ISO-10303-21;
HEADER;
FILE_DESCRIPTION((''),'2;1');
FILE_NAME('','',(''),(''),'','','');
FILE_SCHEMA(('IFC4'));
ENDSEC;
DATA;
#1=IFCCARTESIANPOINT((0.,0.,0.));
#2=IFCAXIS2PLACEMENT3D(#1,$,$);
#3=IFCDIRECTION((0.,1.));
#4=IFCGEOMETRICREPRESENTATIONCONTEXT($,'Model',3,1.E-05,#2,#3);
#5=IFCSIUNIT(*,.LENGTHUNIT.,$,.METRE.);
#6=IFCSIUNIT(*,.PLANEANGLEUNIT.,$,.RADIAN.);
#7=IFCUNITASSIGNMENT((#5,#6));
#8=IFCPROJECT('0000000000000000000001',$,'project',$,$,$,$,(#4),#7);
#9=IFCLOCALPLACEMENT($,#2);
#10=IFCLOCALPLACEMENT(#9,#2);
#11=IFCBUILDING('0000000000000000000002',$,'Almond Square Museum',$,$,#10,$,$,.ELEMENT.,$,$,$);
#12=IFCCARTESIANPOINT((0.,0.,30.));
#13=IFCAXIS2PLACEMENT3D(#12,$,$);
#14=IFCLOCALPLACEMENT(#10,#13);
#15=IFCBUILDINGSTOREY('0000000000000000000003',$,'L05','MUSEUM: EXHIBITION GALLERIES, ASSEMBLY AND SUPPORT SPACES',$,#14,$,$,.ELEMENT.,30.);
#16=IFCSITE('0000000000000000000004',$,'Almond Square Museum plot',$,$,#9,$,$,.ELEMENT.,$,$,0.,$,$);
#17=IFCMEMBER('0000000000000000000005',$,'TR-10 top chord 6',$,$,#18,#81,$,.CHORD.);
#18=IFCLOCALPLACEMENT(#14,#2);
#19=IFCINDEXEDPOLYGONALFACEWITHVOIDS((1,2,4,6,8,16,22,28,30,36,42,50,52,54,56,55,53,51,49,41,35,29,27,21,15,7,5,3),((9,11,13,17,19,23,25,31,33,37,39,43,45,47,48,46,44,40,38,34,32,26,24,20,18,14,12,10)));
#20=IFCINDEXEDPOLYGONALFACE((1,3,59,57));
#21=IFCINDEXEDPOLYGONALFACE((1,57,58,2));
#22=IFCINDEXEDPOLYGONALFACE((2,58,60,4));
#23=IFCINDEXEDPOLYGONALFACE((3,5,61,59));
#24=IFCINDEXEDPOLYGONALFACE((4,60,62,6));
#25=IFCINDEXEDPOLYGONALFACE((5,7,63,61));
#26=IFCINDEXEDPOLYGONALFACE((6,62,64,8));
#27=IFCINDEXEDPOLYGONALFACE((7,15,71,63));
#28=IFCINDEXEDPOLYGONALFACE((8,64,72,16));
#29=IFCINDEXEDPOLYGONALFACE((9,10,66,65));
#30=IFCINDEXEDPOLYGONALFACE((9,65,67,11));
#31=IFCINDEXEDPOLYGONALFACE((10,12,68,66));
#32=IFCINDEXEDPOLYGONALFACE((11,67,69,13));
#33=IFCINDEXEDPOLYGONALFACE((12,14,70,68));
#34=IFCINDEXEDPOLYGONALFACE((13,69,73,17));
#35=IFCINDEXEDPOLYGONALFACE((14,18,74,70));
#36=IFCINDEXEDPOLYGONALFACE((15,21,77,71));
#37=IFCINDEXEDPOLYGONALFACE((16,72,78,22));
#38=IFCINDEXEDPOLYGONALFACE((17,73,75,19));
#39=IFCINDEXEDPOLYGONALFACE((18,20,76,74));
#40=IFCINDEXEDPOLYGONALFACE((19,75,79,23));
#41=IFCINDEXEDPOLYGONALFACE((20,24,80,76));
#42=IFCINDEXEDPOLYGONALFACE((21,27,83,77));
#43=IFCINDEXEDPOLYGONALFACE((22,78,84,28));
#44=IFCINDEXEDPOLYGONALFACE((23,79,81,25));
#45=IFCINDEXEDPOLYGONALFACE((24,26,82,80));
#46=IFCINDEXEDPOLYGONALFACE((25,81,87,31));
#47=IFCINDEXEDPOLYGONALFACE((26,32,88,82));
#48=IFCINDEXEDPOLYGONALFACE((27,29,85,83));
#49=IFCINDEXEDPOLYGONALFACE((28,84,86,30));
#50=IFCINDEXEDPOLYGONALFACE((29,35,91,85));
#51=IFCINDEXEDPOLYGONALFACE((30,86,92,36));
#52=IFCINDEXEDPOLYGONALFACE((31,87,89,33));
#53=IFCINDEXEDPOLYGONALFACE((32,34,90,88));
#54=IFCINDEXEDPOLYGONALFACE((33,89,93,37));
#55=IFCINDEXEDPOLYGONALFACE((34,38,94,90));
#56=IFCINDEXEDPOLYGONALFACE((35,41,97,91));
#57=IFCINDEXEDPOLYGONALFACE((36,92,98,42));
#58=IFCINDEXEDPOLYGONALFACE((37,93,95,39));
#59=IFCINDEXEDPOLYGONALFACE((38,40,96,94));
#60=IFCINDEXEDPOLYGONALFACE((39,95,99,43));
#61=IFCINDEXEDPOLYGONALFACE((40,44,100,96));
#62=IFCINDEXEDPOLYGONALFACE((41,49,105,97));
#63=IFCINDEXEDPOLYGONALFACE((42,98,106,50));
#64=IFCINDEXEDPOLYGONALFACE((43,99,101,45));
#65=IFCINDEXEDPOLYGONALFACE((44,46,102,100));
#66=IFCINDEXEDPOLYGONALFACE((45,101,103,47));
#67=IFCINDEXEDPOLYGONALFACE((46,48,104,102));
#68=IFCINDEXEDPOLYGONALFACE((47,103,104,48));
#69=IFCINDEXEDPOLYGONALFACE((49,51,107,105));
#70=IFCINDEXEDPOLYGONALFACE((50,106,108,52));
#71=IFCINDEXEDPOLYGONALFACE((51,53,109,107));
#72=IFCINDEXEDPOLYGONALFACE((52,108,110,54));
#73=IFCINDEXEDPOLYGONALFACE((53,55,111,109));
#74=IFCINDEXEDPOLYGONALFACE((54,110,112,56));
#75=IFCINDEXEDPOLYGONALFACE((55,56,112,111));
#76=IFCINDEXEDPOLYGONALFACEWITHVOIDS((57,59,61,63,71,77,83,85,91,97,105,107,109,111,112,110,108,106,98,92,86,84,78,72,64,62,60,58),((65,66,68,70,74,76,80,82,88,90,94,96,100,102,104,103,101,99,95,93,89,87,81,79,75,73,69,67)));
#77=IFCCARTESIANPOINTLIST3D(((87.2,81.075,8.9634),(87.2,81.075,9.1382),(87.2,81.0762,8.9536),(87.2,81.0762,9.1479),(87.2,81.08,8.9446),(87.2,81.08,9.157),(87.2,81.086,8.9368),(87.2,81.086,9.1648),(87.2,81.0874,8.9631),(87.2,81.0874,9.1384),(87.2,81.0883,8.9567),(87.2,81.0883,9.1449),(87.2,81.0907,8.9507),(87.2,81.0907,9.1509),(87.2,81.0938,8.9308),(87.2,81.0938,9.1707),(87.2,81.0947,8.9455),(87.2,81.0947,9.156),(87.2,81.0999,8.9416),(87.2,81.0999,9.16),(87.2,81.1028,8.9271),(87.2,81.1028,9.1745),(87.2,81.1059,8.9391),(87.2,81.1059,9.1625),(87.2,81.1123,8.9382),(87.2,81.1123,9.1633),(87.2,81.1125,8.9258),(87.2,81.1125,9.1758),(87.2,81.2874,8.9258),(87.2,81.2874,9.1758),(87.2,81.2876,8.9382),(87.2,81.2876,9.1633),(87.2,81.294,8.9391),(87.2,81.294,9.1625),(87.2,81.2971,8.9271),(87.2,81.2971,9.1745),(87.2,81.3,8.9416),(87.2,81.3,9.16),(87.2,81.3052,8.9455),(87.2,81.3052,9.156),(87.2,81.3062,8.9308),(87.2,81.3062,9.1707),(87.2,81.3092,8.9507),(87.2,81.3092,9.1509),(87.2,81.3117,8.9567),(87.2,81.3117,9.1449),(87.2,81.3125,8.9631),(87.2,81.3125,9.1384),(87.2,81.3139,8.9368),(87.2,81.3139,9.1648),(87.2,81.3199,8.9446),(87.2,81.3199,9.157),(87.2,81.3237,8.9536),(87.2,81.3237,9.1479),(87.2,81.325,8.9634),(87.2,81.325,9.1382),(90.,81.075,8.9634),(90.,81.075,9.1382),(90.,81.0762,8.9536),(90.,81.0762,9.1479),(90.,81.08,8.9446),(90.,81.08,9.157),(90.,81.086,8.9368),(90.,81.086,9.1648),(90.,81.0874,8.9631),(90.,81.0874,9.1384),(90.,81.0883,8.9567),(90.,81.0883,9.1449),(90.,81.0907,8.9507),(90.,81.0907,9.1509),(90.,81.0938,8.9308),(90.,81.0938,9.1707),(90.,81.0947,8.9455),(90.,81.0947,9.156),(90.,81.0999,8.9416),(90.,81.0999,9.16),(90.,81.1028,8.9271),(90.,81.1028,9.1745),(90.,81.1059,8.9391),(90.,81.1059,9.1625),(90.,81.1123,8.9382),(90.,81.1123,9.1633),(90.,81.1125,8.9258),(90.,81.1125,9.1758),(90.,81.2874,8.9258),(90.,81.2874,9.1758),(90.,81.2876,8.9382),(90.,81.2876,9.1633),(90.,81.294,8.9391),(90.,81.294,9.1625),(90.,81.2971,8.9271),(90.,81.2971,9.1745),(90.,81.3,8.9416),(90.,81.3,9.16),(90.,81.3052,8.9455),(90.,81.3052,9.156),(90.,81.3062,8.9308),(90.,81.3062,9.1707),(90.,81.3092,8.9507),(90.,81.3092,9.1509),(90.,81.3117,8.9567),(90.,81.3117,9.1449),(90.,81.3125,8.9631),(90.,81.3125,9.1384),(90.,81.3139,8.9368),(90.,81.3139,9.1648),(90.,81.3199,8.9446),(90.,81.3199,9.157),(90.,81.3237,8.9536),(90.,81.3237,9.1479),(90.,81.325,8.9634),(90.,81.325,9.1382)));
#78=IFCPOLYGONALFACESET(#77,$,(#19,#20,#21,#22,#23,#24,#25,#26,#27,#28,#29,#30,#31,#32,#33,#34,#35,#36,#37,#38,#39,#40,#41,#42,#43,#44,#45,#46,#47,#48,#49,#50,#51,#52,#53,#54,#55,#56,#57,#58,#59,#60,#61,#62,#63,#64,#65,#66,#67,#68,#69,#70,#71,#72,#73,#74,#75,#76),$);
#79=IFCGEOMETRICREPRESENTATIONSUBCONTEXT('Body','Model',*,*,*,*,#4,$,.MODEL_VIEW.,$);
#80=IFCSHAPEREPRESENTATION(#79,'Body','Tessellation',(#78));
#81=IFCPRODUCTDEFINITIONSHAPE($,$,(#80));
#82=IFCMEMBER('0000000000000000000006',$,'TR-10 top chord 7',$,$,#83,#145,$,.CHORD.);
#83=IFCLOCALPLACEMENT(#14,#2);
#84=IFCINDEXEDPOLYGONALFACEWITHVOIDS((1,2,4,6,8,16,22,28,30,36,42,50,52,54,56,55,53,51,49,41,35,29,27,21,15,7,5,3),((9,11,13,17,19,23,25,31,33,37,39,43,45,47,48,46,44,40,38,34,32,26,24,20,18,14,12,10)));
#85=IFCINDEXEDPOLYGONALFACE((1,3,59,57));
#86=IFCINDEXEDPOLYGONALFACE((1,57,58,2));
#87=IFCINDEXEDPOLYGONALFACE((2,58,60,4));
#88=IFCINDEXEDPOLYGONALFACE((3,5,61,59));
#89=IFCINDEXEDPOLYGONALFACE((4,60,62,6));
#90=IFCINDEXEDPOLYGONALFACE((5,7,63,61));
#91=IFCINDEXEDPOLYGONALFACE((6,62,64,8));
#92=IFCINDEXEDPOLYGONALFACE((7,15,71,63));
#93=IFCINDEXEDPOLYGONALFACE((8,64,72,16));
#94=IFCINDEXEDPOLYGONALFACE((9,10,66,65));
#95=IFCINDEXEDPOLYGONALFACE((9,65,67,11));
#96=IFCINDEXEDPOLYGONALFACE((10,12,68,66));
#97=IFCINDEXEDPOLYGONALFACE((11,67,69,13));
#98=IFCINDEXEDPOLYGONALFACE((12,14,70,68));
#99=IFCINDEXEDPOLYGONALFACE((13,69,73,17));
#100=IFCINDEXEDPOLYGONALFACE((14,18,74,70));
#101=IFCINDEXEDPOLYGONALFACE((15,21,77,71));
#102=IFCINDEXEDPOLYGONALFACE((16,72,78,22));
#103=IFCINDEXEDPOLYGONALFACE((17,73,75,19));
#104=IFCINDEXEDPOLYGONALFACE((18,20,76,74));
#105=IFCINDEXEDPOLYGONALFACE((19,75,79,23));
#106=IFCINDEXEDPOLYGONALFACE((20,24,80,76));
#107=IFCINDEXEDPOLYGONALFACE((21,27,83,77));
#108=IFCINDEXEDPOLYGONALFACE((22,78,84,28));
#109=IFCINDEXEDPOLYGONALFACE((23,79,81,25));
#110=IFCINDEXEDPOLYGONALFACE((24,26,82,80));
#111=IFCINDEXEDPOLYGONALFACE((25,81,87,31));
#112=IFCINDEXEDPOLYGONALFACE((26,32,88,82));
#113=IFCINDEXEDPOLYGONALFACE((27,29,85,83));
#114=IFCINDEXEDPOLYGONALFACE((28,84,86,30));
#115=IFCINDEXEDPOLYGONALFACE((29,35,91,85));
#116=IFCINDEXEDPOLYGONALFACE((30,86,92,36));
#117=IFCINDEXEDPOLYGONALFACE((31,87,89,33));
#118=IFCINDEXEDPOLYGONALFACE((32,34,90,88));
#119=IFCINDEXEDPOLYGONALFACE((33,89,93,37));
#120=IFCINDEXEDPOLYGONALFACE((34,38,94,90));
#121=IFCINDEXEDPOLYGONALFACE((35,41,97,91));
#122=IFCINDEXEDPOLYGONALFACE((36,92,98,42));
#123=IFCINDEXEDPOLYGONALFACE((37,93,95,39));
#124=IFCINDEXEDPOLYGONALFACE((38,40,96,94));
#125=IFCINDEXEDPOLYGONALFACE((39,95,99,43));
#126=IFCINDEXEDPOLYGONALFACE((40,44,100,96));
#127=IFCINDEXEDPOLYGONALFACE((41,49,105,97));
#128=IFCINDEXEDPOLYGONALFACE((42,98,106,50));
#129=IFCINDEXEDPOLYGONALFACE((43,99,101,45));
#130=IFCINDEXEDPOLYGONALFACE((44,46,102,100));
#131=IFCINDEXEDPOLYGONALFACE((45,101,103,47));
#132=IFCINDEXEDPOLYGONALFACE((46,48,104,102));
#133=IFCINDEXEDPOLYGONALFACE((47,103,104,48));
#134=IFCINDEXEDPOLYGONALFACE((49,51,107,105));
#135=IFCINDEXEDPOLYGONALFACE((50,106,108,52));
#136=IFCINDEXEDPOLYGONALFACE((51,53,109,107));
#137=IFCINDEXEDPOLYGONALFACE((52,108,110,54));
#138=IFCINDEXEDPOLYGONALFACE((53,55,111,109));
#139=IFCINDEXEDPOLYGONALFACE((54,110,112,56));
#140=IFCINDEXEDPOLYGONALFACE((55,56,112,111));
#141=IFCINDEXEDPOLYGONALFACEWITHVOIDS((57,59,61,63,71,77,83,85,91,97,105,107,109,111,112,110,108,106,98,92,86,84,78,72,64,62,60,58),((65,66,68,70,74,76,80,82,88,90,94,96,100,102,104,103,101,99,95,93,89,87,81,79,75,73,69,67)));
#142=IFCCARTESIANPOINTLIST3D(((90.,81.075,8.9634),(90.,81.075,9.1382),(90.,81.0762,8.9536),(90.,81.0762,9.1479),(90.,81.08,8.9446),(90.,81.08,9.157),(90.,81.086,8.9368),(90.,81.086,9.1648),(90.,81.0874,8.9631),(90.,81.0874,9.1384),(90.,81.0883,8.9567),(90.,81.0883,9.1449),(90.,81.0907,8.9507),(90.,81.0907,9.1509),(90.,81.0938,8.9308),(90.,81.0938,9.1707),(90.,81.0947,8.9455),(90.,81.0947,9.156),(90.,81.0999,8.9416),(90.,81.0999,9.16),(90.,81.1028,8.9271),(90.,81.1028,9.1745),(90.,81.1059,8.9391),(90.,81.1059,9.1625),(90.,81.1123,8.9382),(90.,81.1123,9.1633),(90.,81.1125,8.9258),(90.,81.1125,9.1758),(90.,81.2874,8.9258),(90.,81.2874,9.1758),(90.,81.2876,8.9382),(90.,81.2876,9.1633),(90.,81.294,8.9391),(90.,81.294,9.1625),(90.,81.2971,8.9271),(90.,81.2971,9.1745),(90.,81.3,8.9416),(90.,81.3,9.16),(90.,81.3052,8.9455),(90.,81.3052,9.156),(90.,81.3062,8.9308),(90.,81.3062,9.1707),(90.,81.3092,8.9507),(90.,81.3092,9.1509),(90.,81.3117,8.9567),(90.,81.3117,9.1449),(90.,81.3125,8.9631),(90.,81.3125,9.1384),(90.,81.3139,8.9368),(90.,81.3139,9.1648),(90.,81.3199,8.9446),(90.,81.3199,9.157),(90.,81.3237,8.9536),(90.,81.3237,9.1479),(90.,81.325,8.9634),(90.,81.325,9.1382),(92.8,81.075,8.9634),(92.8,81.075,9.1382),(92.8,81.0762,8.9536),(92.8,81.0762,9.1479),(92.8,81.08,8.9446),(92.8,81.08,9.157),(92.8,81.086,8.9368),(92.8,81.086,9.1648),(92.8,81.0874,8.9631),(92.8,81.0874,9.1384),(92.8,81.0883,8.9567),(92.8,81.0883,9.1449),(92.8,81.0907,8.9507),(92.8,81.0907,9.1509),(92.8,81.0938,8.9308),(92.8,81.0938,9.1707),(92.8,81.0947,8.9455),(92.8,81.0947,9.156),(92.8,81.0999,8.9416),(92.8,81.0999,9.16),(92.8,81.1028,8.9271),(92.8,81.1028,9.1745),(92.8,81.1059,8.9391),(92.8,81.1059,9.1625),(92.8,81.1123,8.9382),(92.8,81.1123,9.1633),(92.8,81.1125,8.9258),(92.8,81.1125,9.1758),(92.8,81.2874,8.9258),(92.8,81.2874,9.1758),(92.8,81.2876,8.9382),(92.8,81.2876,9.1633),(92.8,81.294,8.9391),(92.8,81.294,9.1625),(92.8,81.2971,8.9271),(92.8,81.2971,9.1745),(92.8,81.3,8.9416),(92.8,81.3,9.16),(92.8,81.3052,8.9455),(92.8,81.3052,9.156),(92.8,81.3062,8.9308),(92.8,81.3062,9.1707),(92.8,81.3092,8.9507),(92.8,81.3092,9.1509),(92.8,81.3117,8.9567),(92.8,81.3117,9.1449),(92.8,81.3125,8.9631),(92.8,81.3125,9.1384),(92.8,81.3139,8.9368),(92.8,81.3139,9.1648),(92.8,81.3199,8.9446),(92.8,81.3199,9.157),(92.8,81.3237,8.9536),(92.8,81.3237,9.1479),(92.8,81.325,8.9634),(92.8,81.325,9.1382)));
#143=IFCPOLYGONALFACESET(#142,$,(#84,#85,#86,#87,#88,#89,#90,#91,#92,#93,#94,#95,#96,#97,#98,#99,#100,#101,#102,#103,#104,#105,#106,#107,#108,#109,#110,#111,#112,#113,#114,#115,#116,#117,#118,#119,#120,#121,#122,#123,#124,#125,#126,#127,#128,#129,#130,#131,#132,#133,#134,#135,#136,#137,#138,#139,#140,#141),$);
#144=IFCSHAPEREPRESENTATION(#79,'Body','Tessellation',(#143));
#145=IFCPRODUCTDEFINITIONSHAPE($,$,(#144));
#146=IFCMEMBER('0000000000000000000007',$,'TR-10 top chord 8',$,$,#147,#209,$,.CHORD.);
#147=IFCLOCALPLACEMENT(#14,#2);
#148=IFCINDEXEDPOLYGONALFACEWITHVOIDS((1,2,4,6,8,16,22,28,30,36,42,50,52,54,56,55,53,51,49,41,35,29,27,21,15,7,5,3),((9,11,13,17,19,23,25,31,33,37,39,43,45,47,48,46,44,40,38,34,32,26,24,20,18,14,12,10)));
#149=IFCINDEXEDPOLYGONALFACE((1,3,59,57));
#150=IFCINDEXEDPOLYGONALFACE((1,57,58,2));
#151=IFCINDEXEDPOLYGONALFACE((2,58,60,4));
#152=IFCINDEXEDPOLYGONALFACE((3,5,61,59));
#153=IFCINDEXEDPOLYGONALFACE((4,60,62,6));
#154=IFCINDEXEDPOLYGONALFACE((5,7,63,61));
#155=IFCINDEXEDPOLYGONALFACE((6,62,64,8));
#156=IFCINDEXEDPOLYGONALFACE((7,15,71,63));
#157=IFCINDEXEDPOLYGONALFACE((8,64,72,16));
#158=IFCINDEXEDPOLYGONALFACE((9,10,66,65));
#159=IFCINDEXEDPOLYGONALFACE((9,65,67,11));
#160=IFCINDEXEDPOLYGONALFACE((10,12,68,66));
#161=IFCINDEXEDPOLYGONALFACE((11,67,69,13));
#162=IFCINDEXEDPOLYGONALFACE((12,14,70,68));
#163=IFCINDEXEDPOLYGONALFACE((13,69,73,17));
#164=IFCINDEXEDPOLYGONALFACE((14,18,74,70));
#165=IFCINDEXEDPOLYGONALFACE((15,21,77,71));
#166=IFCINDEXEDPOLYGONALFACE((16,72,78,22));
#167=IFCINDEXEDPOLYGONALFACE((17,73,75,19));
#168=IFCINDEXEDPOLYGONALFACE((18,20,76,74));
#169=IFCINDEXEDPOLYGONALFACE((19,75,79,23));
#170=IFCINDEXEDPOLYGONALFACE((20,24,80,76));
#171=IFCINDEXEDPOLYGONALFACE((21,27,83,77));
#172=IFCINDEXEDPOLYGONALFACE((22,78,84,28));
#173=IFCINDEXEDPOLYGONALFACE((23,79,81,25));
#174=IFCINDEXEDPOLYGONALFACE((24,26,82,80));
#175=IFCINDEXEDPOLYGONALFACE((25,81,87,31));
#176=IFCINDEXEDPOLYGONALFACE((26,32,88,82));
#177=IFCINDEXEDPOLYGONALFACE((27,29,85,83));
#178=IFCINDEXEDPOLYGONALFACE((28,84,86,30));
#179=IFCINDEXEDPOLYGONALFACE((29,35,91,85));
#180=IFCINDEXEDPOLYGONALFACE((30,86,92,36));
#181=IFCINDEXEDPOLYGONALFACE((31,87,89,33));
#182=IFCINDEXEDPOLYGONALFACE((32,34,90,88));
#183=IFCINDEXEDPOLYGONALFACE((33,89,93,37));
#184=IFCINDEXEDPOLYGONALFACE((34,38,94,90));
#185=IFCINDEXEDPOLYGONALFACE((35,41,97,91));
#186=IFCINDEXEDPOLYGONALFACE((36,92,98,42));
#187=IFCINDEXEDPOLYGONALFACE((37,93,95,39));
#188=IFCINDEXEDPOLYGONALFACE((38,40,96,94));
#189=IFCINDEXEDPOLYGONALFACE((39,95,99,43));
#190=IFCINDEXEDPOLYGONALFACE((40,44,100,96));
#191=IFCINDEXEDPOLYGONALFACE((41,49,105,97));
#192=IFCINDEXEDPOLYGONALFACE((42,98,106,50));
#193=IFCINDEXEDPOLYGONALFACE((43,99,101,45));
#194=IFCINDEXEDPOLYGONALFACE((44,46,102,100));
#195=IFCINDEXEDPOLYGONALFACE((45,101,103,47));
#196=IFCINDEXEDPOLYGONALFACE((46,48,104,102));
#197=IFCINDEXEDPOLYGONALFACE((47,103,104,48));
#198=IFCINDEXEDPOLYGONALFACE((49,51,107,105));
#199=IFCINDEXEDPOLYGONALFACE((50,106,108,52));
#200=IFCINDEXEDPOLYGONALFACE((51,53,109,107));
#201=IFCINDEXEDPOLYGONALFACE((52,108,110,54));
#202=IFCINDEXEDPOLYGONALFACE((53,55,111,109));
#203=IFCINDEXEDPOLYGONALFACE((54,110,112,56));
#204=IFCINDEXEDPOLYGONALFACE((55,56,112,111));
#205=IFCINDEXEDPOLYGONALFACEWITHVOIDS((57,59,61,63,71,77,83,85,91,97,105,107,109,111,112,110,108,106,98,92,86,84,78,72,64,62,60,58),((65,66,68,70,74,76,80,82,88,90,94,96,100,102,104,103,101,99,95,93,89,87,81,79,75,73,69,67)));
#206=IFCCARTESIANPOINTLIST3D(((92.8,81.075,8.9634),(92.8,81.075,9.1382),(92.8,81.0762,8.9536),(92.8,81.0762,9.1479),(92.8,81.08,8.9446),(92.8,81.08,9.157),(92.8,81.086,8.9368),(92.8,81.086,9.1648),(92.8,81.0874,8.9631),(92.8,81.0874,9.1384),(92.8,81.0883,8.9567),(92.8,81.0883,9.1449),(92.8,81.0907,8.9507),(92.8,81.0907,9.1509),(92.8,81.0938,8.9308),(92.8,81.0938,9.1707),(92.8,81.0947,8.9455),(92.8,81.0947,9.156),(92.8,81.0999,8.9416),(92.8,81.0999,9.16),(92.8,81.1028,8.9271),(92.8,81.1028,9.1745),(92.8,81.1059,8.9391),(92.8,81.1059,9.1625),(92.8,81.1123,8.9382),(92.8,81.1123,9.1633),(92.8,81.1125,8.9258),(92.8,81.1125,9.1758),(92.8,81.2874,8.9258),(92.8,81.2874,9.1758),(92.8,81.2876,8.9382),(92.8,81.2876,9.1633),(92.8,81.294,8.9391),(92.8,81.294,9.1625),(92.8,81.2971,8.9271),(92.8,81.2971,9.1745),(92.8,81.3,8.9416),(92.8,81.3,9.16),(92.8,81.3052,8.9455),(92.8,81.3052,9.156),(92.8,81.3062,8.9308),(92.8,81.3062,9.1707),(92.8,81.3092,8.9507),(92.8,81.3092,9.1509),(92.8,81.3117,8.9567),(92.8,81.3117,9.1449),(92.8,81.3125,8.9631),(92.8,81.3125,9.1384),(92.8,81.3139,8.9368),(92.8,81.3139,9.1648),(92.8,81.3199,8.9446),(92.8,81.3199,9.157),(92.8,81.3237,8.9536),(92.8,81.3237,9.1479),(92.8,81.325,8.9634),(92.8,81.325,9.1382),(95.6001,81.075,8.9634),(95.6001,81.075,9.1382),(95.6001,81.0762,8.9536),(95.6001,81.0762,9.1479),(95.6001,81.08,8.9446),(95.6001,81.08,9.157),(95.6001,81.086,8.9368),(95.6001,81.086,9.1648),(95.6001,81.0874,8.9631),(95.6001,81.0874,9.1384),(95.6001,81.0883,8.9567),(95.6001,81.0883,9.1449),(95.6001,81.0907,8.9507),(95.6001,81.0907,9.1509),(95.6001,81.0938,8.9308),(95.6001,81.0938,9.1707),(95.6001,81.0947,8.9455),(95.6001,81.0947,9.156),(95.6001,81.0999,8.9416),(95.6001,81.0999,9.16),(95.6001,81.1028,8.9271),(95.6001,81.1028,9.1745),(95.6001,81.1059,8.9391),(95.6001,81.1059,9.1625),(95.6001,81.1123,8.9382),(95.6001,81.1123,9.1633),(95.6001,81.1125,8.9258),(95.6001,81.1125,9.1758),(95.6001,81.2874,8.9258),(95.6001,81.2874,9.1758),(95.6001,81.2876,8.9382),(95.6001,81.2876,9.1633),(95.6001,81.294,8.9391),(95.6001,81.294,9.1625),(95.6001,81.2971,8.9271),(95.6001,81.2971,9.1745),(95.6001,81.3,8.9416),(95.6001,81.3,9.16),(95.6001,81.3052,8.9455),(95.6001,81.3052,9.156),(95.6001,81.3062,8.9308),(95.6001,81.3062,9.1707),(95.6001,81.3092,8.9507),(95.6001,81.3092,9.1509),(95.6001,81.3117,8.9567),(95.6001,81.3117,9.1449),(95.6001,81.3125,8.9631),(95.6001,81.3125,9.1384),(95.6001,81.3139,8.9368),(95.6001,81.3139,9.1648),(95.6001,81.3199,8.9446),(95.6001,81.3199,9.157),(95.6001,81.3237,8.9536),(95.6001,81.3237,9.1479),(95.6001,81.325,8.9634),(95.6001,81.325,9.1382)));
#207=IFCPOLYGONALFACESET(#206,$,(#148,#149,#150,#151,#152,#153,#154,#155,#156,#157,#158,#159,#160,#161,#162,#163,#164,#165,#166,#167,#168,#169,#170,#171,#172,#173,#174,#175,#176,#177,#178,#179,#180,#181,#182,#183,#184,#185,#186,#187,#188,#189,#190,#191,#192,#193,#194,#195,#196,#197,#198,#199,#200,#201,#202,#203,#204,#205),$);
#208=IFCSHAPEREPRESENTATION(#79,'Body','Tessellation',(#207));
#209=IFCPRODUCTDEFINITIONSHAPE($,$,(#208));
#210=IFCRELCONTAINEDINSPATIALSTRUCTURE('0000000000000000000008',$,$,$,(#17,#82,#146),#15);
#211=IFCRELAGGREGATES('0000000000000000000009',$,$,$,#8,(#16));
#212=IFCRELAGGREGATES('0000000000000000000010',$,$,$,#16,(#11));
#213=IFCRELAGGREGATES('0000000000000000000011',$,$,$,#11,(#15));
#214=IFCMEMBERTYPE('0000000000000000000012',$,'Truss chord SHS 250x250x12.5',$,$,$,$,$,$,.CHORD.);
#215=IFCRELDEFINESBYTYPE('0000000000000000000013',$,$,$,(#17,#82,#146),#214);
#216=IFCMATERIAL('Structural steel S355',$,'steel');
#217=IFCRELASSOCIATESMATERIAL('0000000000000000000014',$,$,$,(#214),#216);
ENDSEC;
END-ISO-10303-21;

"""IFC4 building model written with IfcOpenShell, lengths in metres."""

from ifc_helpers import new_model, si_unit, direction, frame, origin, origin_2d, place, context, subcontext, project, spatial, hollow_rectangle, extrude, material, material_profile, profile_set, type_object, element, save


model = new_model("IFC4")

# Units and contexts
model_context = context("Model", 3, precision=1e-05, world=origin(), true_north=direction((0.0, 1.0)))
body_context = subcontext(model_context, "Body", "Model", "MODEL_VIEW")
ifc_project = project(units=[si_unit("LENGTHUNIT", "METRE"), si_unit("PLANEANGLEUNIT", "RADIAN")], contexts=[model_context])

# Site, building, storey
site_placement = place(None, origin())
site = spatial("IfcSite", under=ifc_project, at=site_placement, Name="Almond Square Museum plot", CompositionType="ELEMENT", RefElevation=0.0)
building_placement = place(site_placement, origin())
building = spatial("IfcBuilding", under=site, at=building_placement, Name="Almond Square Museum", CompositionType="ELEMENT")
storey_placement = place(building_placement, frame((0.0, 0.0, 30.0)))
storey = spatial("IfcBuildingStorey", under=building, at=storey_placement, Name="L05", Description="MUSEUM: EXHIBITION GALLERIES, ASSEMBLY AND SUPPORT SPACES", CompositionType="ELEMENT", Elevation=30.0)

# Members
ifc_material_1 = material(Name="Structural steel S355", Category="steel")
ifc_material_profile_1 = material_profile(ifc_material_1, hollow_rectangle(XDim=0.25, YDim=0.25, WallThickness=0.0125, InnerFilletRadius=0.0249, OuterFilletRadius=0.0376, at=origin_2d()))
ifc_profile_set_1 = profile_set([ifc_material_profile_1], Name="Structural steel S355")
member_type_1 = type_object("IfcMemberType", Name="Truss chord SHS 250x250x12.5", PredefinedType="CHORD", material=ifc_profile_set_1)
for number, where, z_axis, x_axis, name in (
    (1, (87.2, 81.2, 9.0508), (1.0, 0.0, 0.0), (0.0, 1.0, 0.0), "TR-10 top chord 6"),
    (2, (90.0, 81.2, 9.0508), (1.0, 0.0, 0.0), (0.0, 1.0, 0.0), "TR-10 top chord 7"),
    (3, (92.8, 81.2, 9.0508), (1.0, 0.0, 0.0), (0.0, 1.0, 0.0), "TR-10 top chord 8"),
):
    element("IfcMember", number, at=place(storey_placement, frame(where, z_axis=z_axis, x_axis=x_axis)), inside=storey, type_object=member_type_1, Name=name, PredefinedType="CHORD", context=body_context, shape_type="SweptSolid", body=[
        extrude(hollow_rectangle(XDim=0.25, YDim=0.25, WallThickness=0.0125, InnerFilletRadius=0.0249, OuterFilletRadius=0.0376, at=origin_2d()), origin(), (0.0, 0.0, 1.0), 2.8),
    ])

save(model, "model.ifc")
